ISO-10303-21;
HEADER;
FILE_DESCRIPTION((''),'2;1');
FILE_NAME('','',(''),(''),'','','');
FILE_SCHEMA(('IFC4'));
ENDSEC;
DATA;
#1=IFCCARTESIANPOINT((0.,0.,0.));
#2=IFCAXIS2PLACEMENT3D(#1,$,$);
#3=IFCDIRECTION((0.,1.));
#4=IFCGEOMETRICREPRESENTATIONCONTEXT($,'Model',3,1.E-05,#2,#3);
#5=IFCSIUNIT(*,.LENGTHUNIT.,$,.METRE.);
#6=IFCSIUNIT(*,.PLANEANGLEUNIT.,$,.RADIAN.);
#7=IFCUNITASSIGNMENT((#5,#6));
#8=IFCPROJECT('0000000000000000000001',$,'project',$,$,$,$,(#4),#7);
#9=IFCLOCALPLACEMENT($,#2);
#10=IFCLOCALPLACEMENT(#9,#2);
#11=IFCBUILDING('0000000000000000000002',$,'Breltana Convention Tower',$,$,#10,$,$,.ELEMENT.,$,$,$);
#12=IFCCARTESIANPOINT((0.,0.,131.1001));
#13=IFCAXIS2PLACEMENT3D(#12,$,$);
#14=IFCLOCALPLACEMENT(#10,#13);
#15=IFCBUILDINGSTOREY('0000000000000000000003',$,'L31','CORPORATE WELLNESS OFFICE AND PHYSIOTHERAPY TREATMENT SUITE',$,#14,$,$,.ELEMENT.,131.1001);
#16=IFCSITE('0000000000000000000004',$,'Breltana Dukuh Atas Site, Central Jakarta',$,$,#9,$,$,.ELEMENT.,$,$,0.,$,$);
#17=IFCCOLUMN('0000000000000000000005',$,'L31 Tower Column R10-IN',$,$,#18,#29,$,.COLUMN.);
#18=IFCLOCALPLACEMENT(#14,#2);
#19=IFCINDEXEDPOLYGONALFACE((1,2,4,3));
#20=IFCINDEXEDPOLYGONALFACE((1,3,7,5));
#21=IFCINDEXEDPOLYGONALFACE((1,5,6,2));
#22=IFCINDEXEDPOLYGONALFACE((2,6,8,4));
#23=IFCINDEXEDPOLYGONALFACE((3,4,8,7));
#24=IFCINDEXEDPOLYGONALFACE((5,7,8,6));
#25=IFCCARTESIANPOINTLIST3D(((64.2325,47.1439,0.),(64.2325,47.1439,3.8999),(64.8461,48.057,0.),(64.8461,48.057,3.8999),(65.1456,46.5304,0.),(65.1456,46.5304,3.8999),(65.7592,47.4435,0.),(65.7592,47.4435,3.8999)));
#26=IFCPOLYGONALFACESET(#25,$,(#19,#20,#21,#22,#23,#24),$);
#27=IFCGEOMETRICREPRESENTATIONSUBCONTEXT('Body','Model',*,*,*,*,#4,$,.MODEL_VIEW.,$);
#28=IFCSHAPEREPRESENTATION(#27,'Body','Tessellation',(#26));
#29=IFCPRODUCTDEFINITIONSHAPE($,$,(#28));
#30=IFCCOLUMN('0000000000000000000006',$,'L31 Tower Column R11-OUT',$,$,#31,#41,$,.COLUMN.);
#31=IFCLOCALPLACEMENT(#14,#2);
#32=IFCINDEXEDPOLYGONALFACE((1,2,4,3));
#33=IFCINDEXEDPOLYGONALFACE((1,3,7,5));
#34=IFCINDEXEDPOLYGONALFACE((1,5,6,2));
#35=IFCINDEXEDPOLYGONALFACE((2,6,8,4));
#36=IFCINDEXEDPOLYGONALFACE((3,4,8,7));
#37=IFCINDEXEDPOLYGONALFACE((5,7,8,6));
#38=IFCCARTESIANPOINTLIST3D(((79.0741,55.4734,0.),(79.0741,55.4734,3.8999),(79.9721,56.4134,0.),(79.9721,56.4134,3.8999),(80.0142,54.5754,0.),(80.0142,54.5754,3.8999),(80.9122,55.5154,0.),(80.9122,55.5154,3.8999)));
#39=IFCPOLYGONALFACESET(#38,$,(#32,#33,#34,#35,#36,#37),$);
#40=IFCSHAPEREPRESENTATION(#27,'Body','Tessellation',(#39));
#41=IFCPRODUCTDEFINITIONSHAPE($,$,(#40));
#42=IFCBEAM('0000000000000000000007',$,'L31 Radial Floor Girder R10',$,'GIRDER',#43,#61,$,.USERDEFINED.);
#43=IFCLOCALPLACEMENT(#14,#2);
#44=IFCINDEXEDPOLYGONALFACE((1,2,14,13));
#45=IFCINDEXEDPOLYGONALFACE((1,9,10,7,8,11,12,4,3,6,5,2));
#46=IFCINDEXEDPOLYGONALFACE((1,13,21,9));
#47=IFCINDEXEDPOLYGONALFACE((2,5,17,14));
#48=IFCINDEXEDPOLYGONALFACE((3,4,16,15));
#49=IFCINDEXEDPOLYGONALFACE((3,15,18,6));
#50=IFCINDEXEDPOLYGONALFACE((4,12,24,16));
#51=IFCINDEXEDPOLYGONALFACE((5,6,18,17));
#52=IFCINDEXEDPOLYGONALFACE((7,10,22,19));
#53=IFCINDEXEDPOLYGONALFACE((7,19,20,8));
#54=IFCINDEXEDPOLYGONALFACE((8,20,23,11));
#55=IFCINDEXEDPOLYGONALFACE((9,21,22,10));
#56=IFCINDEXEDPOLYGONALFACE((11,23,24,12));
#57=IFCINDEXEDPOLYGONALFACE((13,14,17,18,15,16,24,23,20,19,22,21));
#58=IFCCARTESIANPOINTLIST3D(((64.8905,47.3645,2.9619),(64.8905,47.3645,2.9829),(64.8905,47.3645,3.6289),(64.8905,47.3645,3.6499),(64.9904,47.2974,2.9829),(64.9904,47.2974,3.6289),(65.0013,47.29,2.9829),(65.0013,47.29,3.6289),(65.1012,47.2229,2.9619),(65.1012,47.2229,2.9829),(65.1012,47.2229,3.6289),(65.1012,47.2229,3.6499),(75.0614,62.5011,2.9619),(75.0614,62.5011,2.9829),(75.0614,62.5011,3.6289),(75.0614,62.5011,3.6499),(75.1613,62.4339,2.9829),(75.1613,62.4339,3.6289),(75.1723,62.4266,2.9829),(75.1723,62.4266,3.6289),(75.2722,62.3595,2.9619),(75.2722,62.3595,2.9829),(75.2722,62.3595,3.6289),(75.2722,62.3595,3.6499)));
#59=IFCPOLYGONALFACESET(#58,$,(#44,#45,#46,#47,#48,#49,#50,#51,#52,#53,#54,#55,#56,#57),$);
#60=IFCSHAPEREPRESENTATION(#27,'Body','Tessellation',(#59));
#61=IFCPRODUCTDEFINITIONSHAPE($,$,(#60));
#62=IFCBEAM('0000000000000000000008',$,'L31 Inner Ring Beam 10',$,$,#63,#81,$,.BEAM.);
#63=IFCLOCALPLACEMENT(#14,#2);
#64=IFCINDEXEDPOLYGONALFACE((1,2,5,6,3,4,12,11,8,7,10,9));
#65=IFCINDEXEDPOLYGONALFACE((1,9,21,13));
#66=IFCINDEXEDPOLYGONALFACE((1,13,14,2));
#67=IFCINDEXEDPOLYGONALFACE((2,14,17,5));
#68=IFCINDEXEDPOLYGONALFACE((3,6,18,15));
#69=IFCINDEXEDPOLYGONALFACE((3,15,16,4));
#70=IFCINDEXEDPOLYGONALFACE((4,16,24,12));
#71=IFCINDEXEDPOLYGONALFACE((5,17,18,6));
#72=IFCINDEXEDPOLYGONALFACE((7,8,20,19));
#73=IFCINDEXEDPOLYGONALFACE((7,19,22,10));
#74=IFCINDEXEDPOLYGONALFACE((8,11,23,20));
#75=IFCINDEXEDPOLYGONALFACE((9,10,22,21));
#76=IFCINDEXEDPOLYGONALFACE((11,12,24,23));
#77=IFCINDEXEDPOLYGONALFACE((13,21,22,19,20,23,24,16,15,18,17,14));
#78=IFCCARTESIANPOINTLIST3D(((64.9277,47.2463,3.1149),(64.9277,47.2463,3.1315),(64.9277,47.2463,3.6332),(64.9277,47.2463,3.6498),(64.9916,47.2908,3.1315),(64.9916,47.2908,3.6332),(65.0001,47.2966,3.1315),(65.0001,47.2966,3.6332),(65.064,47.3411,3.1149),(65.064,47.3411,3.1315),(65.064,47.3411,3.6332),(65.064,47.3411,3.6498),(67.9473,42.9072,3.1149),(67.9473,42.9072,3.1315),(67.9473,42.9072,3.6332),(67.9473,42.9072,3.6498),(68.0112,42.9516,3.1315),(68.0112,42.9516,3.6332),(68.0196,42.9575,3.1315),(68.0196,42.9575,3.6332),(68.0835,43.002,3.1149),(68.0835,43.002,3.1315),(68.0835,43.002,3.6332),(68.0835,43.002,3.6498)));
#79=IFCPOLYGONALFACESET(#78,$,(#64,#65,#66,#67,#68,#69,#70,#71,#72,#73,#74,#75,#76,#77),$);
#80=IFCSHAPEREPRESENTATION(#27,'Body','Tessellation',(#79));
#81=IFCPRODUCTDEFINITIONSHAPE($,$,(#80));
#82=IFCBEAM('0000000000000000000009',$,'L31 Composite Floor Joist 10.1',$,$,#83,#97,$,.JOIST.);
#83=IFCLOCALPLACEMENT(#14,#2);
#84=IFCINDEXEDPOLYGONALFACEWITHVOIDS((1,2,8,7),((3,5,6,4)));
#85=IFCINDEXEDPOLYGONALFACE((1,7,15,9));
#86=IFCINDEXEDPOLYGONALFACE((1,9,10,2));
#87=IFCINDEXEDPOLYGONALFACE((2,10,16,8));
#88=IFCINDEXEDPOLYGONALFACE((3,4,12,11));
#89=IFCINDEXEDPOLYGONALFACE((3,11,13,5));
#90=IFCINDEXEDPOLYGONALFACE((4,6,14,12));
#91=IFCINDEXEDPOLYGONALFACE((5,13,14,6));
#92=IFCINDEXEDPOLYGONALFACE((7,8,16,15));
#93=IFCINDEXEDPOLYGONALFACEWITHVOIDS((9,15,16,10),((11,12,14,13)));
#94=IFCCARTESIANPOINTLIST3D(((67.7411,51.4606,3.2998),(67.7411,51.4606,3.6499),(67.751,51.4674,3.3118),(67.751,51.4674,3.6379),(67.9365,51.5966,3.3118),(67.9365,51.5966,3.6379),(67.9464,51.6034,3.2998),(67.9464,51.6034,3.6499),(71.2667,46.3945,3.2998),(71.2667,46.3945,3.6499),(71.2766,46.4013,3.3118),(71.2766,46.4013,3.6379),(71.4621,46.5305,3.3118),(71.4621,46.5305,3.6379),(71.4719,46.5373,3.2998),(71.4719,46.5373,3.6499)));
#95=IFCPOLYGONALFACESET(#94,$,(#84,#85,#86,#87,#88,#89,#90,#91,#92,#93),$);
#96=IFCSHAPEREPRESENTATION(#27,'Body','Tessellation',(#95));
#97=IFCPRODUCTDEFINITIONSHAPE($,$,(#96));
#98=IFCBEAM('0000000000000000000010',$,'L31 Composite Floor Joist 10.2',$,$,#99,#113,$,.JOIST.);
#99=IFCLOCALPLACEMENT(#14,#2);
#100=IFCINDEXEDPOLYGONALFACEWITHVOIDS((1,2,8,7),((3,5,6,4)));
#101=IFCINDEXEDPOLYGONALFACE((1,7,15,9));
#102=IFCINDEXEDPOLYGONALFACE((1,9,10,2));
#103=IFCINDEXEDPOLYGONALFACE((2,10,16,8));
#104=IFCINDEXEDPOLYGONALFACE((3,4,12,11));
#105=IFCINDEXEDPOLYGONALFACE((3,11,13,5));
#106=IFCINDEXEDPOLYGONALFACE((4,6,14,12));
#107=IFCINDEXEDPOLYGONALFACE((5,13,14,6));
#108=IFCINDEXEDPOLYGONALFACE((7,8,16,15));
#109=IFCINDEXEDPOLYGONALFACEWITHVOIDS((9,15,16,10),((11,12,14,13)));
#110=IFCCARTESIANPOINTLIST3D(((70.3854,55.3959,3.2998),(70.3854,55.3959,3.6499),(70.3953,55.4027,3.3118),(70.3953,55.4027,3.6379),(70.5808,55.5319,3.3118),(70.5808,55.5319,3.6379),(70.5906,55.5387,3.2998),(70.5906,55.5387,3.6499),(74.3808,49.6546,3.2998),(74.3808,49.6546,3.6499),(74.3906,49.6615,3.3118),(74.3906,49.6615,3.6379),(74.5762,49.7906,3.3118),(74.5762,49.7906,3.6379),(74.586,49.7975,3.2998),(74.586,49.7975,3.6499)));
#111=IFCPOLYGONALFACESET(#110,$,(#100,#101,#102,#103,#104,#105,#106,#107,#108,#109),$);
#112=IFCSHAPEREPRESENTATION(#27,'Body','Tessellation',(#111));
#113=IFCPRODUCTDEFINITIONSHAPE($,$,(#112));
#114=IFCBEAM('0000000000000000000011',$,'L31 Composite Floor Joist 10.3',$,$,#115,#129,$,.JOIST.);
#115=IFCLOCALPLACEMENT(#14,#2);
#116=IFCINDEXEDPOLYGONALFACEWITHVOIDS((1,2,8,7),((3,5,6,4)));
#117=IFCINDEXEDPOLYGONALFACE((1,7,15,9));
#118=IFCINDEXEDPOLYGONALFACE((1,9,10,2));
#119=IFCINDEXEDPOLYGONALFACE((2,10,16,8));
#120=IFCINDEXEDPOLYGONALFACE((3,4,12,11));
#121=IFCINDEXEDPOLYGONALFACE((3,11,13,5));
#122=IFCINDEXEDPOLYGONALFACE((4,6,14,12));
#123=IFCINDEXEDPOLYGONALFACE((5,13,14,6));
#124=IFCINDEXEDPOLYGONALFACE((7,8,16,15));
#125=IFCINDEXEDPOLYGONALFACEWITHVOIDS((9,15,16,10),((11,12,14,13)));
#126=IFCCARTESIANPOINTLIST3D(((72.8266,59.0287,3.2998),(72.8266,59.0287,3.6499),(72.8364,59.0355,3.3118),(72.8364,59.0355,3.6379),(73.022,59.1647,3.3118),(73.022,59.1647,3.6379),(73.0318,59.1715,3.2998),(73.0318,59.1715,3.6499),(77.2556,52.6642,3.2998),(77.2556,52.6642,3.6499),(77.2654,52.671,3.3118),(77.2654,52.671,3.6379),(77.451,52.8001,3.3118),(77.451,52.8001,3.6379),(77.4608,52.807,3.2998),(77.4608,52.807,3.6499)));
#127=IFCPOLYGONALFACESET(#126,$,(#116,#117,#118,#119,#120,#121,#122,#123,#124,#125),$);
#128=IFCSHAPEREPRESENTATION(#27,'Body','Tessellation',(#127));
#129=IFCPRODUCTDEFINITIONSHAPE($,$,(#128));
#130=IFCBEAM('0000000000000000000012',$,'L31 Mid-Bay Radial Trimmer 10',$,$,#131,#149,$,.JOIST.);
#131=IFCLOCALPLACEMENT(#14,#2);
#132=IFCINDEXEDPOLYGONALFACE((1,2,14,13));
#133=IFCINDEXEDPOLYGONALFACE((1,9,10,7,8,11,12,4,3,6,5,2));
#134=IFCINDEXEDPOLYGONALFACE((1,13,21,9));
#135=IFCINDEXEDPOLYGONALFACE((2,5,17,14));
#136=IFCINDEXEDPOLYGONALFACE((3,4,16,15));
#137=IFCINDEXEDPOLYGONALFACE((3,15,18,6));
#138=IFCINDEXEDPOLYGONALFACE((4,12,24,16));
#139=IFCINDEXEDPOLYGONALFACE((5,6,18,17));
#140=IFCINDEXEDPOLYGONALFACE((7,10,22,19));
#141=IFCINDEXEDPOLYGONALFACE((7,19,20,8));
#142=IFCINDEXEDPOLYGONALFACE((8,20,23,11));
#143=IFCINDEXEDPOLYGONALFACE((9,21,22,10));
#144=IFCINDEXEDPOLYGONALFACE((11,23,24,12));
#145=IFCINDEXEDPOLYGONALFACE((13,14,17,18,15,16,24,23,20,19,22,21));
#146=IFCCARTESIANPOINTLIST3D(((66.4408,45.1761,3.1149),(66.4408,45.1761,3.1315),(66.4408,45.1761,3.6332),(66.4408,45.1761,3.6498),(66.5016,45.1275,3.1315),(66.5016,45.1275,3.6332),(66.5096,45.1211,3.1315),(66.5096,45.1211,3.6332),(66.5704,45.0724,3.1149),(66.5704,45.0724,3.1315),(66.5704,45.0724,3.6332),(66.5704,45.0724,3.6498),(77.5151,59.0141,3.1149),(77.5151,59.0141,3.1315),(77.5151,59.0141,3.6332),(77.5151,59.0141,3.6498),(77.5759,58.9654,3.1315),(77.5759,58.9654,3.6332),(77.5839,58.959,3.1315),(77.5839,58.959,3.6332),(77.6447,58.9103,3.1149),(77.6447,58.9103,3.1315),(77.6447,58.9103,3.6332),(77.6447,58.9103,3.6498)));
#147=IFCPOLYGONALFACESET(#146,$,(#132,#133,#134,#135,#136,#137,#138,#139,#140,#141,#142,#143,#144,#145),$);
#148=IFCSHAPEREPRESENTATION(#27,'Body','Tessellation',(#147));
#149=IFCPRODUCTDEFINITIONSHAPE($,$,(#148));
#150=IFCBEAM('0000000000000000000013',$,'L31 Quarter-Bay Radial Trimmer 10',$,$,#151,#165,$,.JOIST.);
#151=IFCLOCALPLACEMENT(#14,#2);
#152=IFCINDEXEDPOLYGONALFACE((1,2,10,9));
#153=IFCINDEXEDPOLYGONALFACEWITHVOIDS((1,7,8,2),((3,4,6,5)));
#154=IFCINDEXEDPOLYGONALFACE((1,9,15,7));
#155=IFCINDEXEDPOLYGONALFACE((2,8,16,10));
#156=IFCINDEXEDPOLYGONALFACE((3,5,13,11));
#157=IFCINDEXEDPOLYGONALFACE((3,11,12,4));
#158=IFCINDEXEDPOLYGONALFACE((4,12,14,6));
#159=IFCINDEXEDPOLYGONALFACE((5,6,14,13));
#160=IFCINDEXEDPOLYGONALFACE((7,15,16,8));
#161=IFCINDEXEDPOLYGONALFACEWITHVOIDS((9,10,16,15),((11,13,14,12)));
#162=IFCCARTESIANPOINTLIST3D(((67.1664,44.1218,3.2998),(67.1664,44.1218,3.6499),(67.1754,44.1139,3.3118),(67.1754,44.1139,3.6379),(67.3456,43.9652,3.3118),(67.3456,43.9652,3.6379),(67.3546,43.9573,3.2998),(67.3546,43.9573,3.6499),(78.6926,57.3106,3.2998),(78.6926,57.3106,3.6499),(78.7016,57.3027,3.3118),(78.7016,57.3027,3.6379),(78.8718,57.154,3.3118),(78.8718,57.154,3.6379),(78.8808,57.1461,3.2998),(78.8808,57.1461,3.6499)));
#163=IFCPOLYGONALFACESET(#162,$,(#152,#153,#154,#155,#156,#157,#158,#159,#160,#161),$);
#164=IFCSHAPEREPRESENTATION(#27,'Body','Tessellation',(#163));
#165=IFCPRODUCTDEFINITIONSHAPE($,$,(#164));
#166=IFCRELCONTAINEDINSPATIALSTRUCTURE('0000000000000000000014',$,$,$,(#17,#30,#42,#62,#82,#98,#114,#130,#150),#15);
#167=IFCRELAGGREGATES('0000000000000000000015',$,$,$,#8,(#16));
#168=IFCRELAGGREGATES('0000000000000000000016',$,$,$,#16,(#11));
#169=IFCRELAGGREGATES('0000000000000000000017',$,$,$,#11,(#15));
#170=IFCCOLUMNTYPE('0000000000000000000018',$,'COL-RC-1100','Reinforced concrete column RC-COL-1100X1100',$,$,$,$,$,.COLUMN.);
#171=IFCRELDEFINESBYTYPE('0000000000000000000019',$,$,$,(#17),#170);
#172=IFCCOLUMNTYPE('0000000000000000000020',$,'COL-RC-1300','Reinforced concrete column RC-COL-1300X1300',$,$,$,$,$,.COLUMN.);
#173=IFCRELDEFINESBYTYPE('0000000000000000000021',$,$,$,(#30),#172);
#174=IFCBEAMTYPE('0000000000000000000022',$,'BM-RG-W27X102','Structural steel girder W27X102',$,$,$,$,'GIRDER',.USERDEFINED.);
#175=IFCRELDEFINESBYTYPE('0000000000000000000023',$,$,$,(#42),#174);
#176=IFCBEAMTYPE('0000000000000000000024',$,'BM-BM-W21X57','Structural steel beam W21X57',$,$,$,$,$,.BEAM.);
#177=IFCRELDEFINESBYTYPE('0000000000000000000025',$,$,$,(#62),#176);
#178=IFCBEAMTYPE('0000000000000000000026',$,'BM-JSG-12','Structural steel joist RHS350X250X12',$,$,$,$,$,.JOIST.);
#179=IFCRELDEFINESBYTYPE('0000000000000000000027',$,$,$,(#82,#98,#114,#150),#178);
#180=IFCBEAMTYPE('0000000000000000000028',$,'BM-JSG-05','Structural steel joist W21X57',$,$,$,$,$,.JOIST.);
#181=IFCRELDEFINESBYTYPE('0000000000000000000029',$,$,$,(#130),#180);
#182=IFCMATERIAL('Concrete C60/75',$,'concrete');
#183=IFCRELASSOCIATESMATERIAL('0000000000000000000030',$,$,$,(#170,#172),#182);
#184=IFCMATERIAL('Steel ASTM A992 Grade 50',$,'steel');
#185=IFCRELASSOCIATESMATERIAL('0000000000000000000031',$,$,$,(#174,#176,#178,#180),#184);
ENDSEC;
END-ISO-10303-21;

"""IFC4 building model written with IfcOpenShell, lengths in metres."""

from ifc_helpers import new_model, si_unit, direction, frame, origin, origin_2d, place, context, subcontext, project, spatial, rectangle, hollow_rectangle, i_section, extrude, source, transform, mapped, material, material_profile, profile_set, type_object, element, save


model = new_model("IFC4")

# Units and contexts
model_context = context("Model", 3, precision=1e-05, world=origin(), true_north=direction((0.0, 1.0)))
body_context = subcontext(model_context, "Body", "Model", "MODEL_VIEW")
ifc_project = project(units=[si_unit("LENGTHUNIT", "METRE"), si_unit("PLANEANGLEUNIT", "RADIAN")], contexts=[model_context])

# Site, building, storey
site_placement = place(None, origin())
site = spatial("IfcSite", under=ifc_project, at=site_placement, Name="Breltana Dukuh Atas Site, Central Jakarta", CompositionType="ELEMENT", RefElevation=0.0)
building_placement = place(site_placement, origin())
building = spatial("IfcBuilding", under=site, at=building_placement, Name="Breltana Convention Tower", CompositionType="ELEMENT")
storey_placement = place(building_placement, frame((0.0, 0.0, 131.1001)))
storey = spatial("IfcBuildingStorey", under=building, at=storey_placement, Name="L31", Description="CORPORATE WELLNESS OFFICE AND PHYSIOTHERAPY TREATMENT SUITE", CompositionType="ELEMENT", Elevation=131.1001)

# Columns
ifc_material_1 = material(Name="Concrete C60/75", Category="concrete")
ifc_material_profile_1 = material_profile(ifc_material_1, rectangle(XDim=1.1001, YDim=1.1001, at=origin_2d()), Name="RC-COL-1100X1100")
ifc_profile_set_1 = profile_set([ifc_material_profile_1], Name="Concrete C60/75")
column_type_1 = type_object("IfcColumnType", Name="COL-RC-1100", Description="Reinforced concrete column RC-COL-1100X1100", PredefinedType="COLUMN", material=ifc_profile_set_1)
shared_shape_1 = source(origin(), body_context, "Body", "SweptSolid", [
    extrude(rectangle(XDim=1.1001, YDim=1.1001, at=origin_2d()), origin(), (0.0, 0.0, 1.0), 3.8999),
])
column_1_placement = place(storey_placement, frame((64.9958, 47.2937, 0.0), z_axis=(0.0, 0.0, 1.0), x_axis=(0.557745, 0.830012, 0.0)))
element("IfcColumn", 1, at=column_1_placement, inside=storey, type_object=column_type_1, Name="L31 Tower Column R10-IN", PredefinedType="COLUMN", context=body_context, shape_type="MappedRepresentation", body=[
    mapped(shared_shape_1, transform((0.0, 0.0, 0.0), scale=1.0)),
])
ifc_material_profile_2 = material_profile(ifc_material_1, rectangle(XDim=1.3, YDim=1.3, at=origin_2d()), Name="RC-COL-1300X1300")
ifc_profile_set_2 = profile_set([ifc_material_profile_2], Name="Concrete C60/75")
column_type_2 = type_object("IfcColumnType", Name="COL-RC-1300", Description="Reinforced concrete column RC-COL-1300X1300", PredefinedType="COLUMN", material=ifc_profile_set_2)
shared_shape_2 = source(origin(), body_context, "Body", "SweptSolid", [
    extrude(rectangle(XDim=1.3, YDim=1.3, at=origin_2d()), origin(), (0.0, 0.0, 1.0), 3.8999),
])
column_2_placement = place(storey_placement, frame((79.9932, 55.4944, 0.0), z_axis=(0.0, 0.0, 1.0), x_axis=(0.690756, 0.723088, 0.0)))
element("IfcColumn", 2, at=column_2_placement, inside=storey, type_object=column_type_2, Name="L31 Tower Column R11-OUT", PredefinedType="COLUMN", context=body_context, shape_type="MappedRepresentation", body=[
    mapped(shared_shape_2, transform((0.0, 0.0, 0.0), scale=1.0)),
])

# Beams
ifc_material_2 = material(Name="Steel ASTM A992 Grade 50", Category="steel")
ifc_material_profile_3 = material_profile(ifc_material_2, i_section(OverallWidth=0.2539, OverallDepth=0.688, WebThickness=0.0132, FlangeThickness=0.021, at=origin_2d()), Name="W27X102")
ifc_profile_set_3 = profile_set([ifc_material_profile_3], Name="Steel ASTM A992 Grade 50")
beam_type_1 = type_object("IfcBeamType", Name="BM-RG-W27X102", Description="Structural steel girder W27X102", ElementType="GIRDER", PredefinedType="USERDEFINED", material=ifc_profile_set_3)
shared_shape_3 = source(origin(), body_context, "Body", "SweptSolid", [
    extrude(i_section(OverallWidth=0.2539, OverallDepth=0.688, WebThickness=0.0132, FlangeThickness=0.021, at=origin_2d()), origin(), (0.0, 0.0, 1.0), 18.2363),
])
beam_1_placement = place(storey_placement, frame((64.9958, 47.2937, 3.3059), z_axis=(0.55773, 0.830022, 0.0), x_axis=(-0.830022, 0.55773, 0.0)))
element("IfcBeam", 3, at=beam_1_placement, inside=storey, type_object=beam_type_1, Name="L31 Radial Floor Girder R10", ObjectType="GIRDER", PredefinedType="USERDEFINED", context=body_context, shape_type="MappedRepresentation", body=[
    mapped(shared_shape_3, transform((0.0, 0.0, 0.0), scale=1.0)),
])
ifc_material_profile_4 = material_profile(ifc_material_2, i_section(OverallWidth=0.166, OverallDepth=0.5349, WebThickness=0.0103, FlangeThickness=0.0166, at=origin_2d()), Name="W21X57")
ifc_profile_set_4 = profile_set([ifc_material_profile_4], Name="Steel ASTM A992 Grade 50")
beam_type_2 = type_object("IfcBeamType", Name="BM-BM-W21X57", Description="Structural steel beam W21X57", PredefinedType="BEAM", material=ifc_profile_set_4)
shared_shape_4 = source(origin(), body_context, "Body", "SweptSolid", [
    extrude(i_section(OverallWidth=0.166, OverallDepth=0.5349, WebThickness=0.0103, FlangeThickness=0.0166, at=origin_2d()), origin(), (0.0, 0.0, 1.0), 5.2864),
])
beam_2_placement = place(storey_placement, frame((64.9958, 47.2937, 3.3823), z_axis=(0.571194, -0.820815, 0.0), x_axis=(0.820815, 0.571194, 0.0)))
element("IfcBeam", 4, at=beam_2_placement, inside=storey, type_object=beam_type_2, Name="L31 Inner Ring Beam 10", PredefinedType="BEAM", context=body_context, shape_type="MappedRepresentation", body=[
    mapped(shared_shape_4, transform((0.0, 0.0, 0.0), scale=1.0)),
])
ifc_material_profile_5 = material_profile(ifc_material_2, hollow_rectangle(XDim=0.25, YDim=0.3501, WallThickness=0.012, at=origin_2d()), Name="RHS350X250X12")
ifc_profile_set_5 = profile_set([ifc_material_profile_5], Name="Steel ASTM A992 Grade 50")
beam_type_3 = type_object("IfcBeamType", Name="BM-JSG-12", Description="Structural steel joist RHS350X250X12", PredefinedType="JOIST", material=ifc_profile_set_5)
shared_shape_5 = source(origin(), body_context, "Body", "SweptSolid", [
    extrude(hollow_rectangle(XDim=0.25, YDim=0.3501, WallThickness=0.012, at=origin_2d()), origin(), (0.0, 0.0, 1.0), 6.1721),
])
beam_3_placement = place(storey_placement, frame((67.8438, 51.532, 3.4749), z_axis=(0.571212, -0.820803, 0.0), x_axis=(0.820803, 0.571212, 0.0)))
element("IfcBeam", 5, at=beam_3_placement, inside=storey, type_object=beam_type_3, Name="L31 Composite Floor Joist 10.1", PredefinedType="JOIST", context=body_context, shape_type="MappedRepresentation", body=[
    mapped(shared_shape_5, transform((0.0, 0.0, 0.0), scale=1.0)),
])
shared_shape_6 = source(origin(), body_context, "Body", "SweptSolid", [
    extrude(hollow_rectangle(XDim=0.25, YDim=0.3501, WallThickness=0.012, at=origin_2d()), origin(), (0.0, 0.0, 1.0), 6.9946),
])
beam_4_placement = place(storey_placement, frame((70.488, 55.4673, 3.4749), z_axis=(0.571207, -0.820806, 0.0), x_axis=(0.820806, 0.571207, 0.0)))
element("IfcBeam", 6, at=beam_4_placement, inside=storey, type_object=beam_type_3, Name="L31 Composite Floor Joist 10.2", PredefinedType="JOIST", context=body_context, shape_type="MappedRepresentation", body=[
    mapped(shared_shape_6, transform((0.0, 0.0, 0.0), scale=1.0)),
])
shared_shape_7 = source(origin(), body_context, "Body", "SweptSolid", [
    extrude(hollow_rectangle(XDim=0.25, YDim=0.3501, WallThickness=0.012, at=origin_2d()), origin(), (0.0, 0.0, 1.0), 7.7539),
])
beam_5_placement = place(storey_placement, frame((72.9292, 59.1001, 3.4749), z_axis=(0.571193, -0.820816, 0.0), x_axis=(0.820816, 0.571193, 0.0)))
element("IfcBeam", 7, at=beam_5_placement, inside=storey, type_object=beam_type_3, Name="L31 Composite Floor Joist 10.3", PredefinedType="JOIST", context=body_context, shape_type="MappedRepresentation", body=[
    mapped(shared_shape_7, transform((0.0, 0.0, 0.0), scale=1.0)),
])
ifc_material_profile_6 = material_profile(ifc_material_2, i_section(OverallWidth=0.166, OverallDepth=0.5349, WebThickness=0.0103, FlangeThickness=0.0166, at=origin_2d()), Name="W21X57")
ifc_profile_set_6 = profile_set([ifc_material_profile_6], Name="Steel ASTM A992 Grade 50")
beam_type_4 = type_object("IfcBeamType", Name="BM-JSG-05", Description="Structural steel joist W21X57", PredefinedType="JOIST", material=ifc_profile_set_6)
shared_shape_8 = source(origin(), body_context, "Body", "SweptSolid", [
    extrude(i_section(OverallWidth=0.166, OverallDepth=0.5349, WebThickness=0.0103, FlangeThickness=0.0166, at=origin_2d()), origin(), (0.0, 0.0, 1.0), 17.7236),
])
beam_6_placement = place(storey_placement, frame((66.5056, 45.1243, 3.3823), z_axis=(0.624829, 0.780761, 0.0), x_axis=(-0.780761, 0.624829, 0.0)))
element("IfcBeam", 8, at=beam_6_placement, inside=storey, type_object=beam_type_4, Name="L31 Mid-Bay Radial Trimmer 10", PredefinedType="JOIST", context=body_context, shape_type="MappedRepresentation", body=[
    mapped(shared_shape_8, transform((0.0, 0.0, 0.0), scale=1.0)),
])
shared_shape_9 = source(origin(), body_context, "Body", "SweptSolid", [
    extrude(hollow_rectangle(XDim=0.25, YDim=0.3501, WallThickness=0.012, at=origin_2d()), origin(), (0.0, 0.0, 1.0), 17.5156),
])
beam_7_placement = place(storey_placement, frame((67.2605, 44.0396, 3.4749), z_axis=(0.658052, 0.752973, 0.0), x_axis=(-0.752973, 0.658052, 0.0)))
element("IfcBeam", 9, at=beam_7_placement, inside=storey, type_object=beam_type_3, Name="L31 Quarter-Bay Radial Trimmer 10", PredefinedType="JOIST", context=body_context, shape_type="MappedRepresentation", body=[
    mapped(shared_shape_9, transform((0.0, 0.0, 0.0), scale=1.0)),
])

save(model, "model.ifc")
